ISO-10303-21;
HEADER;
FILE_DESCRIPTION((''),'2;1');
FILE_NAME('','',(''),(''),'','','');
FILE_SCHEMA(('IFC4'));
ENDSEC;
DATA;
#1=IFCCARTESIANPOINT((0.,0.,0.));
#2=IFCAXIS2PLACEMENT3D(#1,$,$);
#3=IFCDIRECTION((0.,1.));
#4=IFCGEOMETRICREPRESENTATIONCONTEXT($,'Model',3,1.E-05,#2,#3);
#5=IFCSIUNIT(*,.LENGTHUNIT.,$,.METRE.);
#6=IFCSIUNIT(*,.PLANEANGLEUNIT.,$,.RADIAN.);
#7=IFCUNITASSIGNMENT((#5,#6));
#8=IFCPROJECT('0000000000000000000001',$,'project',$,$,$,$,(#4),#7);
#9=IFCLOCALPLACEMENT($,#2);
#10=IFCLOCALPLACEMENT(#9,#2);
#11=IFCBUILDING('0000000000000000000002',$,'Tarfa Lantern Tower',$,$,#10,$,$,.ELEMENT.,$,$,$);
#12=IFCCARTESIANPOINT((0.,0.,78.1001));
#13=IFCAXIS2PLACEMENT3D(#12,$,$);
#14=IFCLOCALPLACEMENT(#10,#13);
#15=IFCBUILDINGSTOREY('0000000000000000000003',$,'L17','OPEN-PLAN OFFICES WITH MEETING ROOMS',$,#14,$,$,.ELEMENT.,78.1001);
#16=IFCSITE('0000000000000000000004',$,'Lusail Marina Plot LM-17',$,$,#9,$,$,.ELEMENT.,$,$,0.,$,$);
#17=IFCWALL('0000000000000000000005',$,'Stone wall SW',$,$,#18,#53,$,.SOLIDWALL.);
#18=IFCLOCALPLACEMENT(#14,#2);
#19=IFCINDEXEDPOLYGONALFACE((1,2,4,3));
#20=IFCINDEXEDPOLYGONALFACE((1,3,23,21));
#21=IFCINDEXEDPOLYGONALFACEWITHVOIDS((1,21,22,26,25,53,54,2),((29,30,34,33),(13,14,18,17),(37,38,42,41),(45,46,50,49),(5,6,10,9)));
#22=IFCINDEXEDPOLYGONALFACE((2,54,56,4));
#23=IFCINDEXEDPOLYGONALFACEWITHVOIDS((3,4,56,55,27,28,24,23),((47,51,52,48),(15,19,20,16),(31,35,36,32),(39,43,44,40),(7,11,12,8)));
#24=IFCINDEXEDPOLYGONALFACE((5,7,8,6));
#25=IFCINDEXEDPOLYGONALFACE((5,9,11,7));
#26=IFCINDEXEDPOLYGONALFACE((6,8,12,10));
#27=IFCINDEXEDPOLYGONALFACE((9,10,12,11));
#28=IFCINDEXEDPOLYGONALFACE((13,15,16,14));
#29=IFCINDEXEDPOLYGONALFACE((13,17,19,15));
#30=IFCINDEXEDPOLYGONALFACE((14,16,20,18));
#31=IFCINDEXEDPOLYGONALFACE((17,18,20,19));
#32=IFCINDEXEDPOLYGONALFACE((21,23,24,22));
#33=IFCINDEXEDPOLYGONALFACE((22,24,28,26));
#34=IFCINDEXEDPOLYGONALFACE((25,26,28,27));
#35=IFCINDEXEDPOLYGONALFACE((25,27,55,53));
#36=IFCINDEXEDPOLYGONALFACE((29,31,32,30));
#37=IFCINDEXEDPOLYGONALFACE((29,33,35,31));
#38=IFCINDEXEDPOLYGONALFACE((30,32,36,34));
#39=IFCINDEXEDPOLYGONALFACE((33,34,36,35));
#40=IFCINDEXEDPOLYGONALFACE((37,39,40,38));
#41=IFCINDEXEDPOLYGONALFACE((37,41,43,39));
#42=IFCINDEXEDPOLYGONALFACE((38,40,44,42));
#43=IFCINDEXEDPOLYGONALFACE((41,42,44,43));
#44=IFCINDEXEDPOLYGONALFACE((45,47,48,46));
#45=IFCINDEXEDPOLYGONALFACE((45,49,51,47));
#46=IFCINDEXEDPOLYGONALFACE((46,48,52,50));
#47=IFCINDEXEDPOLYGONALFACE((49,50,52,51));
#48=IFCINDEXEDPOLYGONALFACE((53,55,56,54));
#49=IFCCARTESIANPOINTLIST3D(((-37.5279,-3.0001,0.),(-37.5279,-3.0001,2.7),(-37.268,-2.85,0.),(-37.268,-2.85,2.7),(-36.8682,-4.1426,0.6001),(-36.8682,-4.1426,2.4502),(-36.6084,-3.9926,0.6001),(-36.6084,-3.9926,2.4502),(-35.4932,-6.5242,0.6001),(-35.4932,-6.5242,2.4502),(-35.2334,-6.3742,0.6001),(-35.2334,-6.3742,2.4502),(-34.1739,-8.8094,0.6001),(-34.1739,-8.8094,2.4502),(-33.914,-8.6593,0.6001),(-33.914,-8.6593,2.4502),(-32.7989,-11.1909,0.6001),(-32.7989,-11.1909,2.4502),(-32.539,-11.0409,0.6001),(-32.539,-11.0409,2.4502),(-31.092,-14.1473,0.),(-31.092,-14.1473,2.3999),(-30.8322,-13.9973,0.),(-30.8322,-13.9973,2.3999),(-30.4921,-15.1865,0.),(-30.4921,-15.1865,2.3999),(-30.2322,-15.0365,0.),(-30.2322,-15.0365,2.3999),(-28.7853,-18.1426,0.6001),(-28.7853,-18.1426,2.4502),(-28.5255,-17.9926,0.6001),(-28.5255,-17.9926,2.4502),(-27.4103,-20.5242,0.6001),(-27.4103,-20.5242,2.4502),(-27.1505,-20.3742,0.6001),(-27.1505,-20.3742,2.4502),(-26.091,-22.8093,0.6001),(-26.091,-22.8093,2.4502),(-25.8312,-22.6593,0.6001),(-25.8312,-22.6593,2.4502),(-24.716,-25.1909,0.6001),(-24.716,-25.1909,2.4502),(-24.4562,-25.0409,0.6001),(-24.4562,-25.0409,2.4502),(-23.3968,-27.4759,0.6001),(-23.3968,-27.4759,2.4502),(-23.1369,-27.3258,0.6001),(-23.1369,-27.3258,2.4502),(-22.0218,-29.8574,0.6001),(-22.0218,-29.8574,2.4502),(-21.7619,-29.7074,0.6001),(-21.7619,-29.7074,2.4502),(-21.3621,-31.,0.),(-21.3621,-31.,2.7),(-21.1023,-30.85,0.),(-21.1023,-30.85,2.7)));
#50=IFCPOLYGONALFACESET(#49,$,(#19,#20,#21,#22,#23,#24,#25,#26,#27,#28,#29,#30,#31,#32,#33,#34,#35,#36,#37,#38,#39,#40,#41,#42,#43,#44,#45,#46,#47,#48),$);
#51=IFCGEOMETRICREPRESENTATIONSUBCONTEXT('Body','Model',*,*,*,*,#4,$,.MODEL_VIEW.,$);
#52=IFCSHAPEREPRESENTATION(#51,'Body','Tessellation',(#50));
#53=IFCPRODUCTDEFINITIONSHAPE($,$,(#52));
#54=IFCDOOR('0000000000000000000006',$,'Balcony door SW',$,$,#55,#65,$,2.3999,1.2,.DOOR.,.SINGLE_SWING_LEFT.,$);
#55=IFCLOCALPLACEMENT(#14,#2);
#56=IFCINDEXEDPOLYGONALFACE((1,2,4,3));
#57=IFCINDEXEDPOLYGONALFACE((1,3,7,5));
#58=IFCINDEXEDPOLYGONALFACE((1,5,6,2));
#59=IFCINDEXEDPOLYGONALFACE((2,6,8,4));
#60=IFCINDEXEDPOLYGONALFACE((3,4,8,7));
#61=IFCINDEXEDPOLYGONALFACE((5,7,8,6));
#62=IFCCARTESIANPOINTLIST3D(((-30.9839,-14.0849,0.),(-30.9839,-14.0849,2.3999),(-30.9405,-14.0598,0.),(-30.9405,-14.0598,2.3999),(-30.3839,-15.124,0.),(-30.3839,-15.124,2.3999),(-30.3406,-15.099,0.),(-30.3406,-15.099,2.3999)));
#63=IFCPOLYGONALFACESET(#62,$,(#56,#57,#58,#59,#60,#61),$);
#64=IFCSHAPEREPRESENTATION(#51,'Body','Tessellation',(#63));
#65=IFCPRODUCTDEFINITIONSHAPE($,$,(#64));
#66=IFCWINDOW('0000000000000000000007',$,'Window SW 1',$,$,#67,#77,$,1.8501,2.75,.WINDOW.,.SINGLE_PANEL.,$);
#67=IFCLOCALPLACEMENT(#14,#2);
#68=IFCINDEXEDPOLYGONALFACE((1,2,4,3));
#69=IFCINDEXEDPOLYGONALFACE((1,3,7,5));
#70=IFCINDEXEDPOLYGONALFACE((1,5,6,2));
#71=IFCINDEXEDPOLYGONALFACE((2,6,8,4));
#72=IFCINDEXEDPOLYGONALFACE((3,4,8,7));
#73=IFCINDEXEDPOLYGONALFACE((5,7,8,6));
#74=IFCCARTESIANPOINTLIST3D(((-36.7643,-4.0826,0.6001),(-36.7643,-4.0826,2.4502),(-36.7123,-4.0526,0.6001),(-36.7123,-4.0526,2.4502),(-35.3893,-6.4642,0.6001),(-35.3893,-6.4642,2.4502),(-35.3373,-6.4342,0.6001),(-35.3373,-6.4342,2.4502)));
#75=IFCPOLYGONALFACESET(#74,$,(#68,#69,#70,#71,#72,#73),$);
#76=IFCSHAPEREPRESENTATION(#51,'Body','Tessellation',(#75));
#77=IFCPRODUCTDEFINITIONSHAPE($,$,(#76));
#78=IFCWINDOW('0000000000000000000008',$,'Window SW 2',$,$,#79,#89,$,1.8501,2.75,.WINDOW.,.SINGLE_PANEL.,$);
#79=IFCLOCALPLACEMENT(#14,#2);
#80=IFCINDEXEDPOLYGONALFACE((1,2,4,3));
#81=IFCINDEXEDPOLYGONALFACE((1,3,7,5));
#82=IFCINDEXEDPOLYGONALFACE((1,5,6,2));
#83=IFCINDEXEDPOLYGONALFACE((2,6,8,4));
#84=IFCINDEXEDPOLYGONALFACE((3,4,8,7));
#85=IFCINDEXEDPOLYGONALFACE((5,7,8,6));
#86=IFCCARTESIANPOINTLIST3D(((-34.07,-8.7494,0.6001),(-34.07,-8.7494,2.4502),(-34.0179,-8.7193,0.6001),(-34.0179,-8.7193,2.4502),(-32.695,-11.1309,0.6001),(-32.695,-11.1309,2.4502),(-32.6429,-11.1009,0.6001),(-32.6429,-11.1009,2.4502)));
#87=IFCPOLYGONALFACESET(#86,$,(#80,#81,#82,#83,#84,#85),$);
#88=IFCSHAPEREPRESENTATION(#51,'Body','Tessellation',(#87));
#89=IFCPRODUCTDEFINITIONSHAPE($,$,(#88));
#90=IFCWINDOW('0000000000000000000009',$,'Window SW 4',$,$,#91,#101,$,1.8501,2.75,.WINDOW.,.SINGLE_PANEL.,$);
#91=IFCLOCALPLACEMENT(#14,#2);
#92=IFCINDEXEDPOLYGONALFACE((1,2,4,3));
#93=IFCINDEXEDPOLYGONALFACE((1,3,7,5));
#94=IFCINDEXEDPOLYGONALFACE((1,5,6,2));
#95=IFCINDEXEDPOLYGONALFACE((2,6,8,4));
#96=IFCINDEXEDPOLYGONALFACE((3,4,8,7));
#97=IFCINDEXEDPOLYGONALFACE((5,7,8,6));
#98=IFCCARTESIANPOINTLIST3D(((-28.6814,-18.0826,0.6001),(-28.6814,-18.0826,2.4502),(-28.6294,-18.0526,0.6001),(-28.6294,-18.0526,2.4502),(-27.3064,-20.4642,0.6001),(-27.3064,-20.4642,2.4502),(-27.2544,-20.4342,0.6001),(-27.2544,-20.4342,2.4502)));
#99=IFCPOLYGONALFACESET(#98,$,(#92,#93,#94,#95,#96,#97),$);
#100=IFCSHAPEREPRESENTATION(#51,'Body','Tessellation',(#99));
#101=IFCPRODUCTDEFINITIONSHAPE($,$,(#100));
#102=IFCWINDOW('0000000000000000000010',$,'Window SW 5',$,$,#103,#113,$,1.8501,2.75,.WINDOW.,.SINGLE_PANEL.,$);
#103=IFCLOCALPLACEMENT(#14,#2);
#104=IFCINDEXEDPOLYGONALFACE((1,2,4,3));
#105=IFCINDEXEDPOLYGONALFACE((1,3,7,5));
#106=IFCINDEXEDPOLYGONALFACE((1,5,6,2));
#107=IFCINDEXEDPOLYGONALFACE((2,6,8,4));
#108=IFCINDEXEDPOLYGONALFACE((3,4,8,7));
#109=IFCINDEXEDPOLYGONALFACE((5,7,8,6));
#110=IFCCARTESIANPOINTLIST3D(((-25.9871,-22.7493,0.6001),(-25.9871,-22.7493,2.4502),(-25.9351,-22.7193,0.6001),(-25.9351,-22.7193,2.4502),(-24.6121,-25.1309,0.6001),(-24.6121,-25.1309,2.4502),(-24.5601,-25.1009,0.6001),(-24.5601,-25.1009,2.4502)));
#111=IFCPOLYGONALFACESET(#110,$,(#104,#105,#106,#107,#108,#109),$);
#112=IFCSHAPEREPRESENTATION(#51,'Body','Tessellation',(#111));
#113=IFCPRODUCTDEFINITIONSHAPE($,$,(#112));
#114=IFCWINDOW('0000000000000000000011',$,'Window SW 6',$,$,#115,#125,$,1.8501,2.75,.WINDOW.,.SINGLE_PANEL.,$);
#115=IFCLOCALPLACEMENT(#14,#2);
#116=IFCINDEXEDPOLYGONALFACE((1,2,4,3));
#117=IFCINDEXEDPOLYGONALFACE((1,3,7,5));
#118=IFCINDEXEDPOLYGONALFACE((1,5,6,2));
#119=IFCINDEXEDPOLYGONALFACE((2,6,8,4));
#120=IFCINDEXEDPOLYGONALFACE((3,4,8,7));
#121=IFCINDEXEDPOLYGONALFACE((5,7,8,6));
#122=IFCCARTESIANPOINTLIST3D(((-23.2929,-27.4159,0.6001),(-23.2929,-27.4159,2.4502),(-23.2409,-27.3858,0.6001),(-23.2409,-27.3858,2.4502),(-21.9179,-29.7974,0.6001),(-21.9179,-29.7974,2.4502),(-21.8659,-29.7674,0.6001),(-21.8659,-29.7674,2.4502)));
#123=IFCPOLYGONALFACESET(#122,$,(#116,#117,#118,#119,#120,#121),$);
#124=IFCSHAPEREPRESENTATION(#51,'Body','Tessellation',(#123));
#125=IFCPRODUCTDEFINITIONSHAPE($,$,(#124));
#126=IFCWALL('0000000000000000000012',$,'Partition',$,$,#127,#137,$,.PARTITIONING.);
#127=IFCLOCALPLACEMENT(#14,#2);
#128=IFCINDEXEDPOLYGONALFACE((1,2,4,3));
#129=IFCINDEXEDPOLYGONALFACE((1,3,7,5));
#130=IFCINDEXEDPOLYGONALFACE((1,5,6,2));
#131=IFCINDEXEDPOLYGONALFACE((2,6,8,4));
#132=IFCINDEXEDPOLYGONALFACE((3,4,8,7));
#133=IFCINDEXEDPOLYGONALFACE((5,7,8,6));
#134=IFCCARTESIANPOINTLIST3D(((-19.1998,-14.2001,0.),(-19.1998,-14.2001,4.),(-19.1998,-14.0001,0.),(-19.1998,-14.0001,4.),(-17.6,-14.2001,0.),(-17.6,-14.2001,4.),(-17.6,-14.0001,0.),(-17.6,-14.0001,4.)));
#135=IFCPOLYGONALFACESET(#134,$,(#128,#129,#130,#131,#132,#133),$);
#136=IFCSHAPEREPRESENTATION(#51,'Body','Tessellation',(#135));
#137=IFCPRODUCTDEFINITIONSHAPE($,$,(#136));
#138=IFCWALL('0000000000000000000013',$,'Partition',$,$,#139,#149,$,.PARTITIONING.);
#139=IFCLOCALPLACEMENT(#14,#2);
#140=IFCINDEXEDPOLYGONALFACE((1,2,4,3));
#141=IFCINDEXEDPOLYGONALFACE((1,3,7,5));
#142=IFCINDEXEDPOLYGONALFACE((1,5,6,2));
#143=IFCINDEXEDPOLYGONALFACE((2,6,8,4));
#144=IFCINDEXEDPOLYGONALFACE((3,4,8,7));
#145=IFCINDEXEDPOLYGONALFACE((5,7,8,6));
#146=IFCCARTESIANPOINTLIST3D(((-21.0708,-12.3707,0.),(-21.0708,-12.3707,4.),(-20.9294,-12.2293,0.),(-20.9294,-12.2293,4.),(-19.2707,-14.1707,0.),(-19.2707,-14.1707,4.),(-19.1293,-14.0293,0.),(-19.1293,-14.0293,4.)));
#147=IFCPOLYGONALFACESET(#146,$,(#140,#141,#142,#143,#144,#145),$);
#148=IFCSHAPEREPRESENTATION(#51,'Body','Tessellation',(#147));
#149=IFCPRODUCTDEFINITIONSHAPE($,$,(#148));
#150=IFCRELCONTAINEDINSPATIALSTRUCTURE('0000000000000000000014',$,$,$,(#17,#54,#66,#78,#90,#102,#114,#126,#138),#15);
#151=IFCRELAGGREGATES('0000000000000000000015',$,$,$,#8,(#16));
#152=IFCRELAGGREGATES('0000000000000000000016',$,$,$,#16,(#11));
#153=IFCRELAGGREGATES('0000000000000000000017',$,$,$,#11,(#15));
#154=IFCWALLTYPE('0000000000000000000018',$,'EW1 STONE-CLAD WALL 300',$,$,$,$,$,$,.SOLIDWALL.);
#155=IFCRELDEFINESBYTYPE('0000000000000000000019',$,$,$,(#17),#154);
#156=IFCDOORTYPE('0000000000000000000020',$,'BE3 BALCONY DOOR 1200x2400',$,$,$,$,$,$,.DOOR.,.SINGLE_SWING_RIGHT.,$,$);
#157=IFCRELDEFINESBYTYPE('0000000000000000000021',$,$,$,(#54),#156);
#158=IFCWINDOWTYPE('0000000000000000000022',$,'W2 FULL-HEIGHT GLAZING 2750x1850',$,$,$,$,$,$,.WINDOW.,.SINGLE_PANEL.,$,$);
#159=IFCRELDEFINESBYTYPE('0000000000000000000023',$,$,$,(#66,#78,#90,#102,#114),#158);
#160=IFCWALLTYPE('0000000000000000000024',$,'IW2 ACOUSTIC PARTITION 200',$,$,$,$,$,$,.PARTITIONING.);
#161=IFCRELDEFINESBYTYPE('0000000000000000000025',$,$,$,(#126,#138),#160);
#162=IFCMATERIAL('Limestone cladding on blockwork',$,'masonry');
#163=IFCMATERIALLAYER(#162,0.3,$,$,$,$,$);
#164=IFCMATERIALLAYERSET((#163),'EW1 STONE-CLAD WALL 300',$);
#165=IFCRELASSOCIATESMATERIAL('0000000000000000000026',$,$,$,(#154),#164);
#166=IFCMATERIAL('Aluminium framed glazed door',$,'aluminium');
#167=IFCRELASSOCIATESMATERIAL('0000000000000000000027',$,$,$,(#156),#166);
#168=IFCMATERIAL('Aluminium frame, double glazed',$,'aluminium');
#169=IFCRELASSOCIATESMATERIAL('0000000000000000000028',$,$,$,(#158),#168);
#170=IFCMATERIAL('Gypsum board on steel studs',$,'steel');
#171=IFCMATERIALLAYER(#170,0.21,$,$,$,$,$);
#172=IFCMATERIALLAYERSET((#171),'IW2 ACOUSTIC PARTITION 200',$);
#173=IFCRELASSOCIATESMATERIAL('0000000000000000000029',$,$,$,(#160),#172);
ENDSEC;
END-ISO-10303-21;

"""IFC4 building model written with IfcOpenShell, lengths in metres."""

from ifc_helpers import new_model, si_unit, direction, frame, frame_2d, origin, place, context, subcontext, project, spatial, rectangle, extrude, material, layer, layer_set, type_object, element, fill, save


model = new_model("IFC4")

# Units and contexts
model_context = context("Model", 3, precision=1e-05, world=origin(), true_north=direction((0.0, 1.0)))
body_context = subcontext(model_context, "Body", "Model", "MODEL_VIEW")
ifc_project = project(units=[si_unit("LENGTHUNIT", "METRE"), si_unit("PLANEANGLEUNIT", "RADIAN")], contexts=[model_context])

# Site, building, storey
site_placement = place(None, origin())
site = spatial("IfcSite", under=ifc_project, at=site_placement, Name="Lusail Marina Plot LM-17", CompositionType="ELEMENT", RefElevation=0.0)
building_placement = place(site_placement, origin())
building = spatial("IfcBuilding", under=site, at=building_placement, Name="Tarfa Lantern Tower", CompositionType="ELEMENT")
storey_placement = place(building_placement, frame((0.0, 0.0, 78.1001)))
storey = spatial("IfcBuildingStorey", under=building, at=storey_placement, Name="L17", Description="OPEN-PLAN OFFICES WITH MEETING ROOMS", CompositionType="ELEMENT", Elevation=78.1001)

# Wall, openings, door, windows
ifc_material_1 = material(Name="Limestone cladding on blockwork", Category="masonry")
ifc_layer_1 = layer(ifc_material_1, 0.3)
ifc_layer_set_1 = layer_set([ifc_layer_1], Name="EW1 STONE-CLAD WALL 300")
wall_type_1 = type_object("IfcWallType", Name="EW1 STONE-CLAD WALL 300", PredefinedType="SOLIDWALL", material=ifc_layer_set_1)
wall_1_placement = place(storey_placement, frame((-37.3979, -2.925, 0.0), z_axis=(0.0, 0.0, 1.0), x_axis=(0.499999, -0.866026, 0.0)))
wall_1 = element("IfcWall", 1, at=wall_1_placement, inside=storey, type_object=wall_type_1, Name="Stone wall SW", PredefinedType="SOLIDWALL", context=body_context, shape_type="SweptSolid", body=[
    extrude(rectangle(XDim=32.3315, YDim=0.3, at=frame_2d((16.1658, 0.0))), origin(), (0.0, 0.0, 1.0), 2.7),
])
opening_1_placement = place(wall_1_placement, frame((1.3193, 0.0, 0.6001)))
opening_1 = element("IfcOpeningElement", 2, at=opening_1_placement, cuts=wall_1, PredefinedType="OPENING", context=body_context, shape_type="SweptSolid", body=[
    extrude(rectangle(XDim=2.75, YDim=1.8501, at=frame_2d((1.375, 0.925))), frame((0.0, 0.1599, 0.0), z_axis=(0.0, -1.0, 0.0), x_axis=(1.0, 0.0, 0.0)), (0.0, 0.0, 1.0), 0.3201),
])
opening_2_placement = place(wall_1_placement, frame((6.708, 0.0, 0.6001)))
opening_2 = element("IfcOpeningElement", 3, at=opening_2_placement, cuts=wall_1, PredefinedType="OPENING", context=body_context, shape_type="SweptSolid", body=[
    extrude(rectangle(XDim=2.75, YDim=1.8501, at=frame_2d((1.375, 0.925))), frame((0.0, 0.1599, 0.0), z_axis=(0.0, -1.0, 0.0), x_axis=(1.0, 0.0, 0.0)), (0.0, 0.0, 1.0), 0.3201),
])
opening_3_placement = place(wall_1_placement, frame((12.8716, 0.0, 0.0)))
opening_3 = element("IfcOpeningElement", 4, at=opening_3_placement, cuts=wall_1, PredefinedType="OPENING", context=body_context, shape_type="SweptSolid", body=[
    extrude(rectangle(XDim=1.2, YDim=2.3999, at=frame_2d((0.6001, 1.2))), frame((0.0, 0.1599, 0.0), z_axis=(0.0, -1.0, 0.0), x_axis=(1.0, 0.0, 0.0)), (0.0, 0.0, 1.0), 0.3201),
])
opening_4_placement = place(wall_1_placement, frame((17.4851, 0.0, 0.6001)))
opening_4 = element("IfcOpeningElement", 5, at=opening_4_placement, cuts=wall_1, PredefinedType="OPENING", context=body_context, shape_type="SweptSolid", body=[
    extrude(rectangle(XDim=2.75, YDim=1.8501, at=frame_2d((1.375, 0.925))), frame((0.0, 0.1599, 0.0), z_axis=(0.0, -1.0, 0.0), x_axis=(1.0, 0.0, 0.0)), (0.0, 0.0, 1.0), 0.3201),
])
opening_5_placement = place(wall_1_placement, frame((22.8738, 0.0, 0.6001)))
opening_5 = element("IfcOpeningElement", 6, at=opening_5_placement, cuts=wall_1, PredefinedType="OPENING", context=body_context, shape_type="SweptSolid", body=[
    extrude(rectangle(XDim=2.75, YDim=1.8501, at=frame_2d((1.375, 0.925))), frame((0.0, 0.1599, 0.0), z_axis=(0.0, -1.0, 0.0), x_axis=(1.0, 0.0, 0.0)), (0.0, 0.0, 1.0), 0.3201),
])
opening_6_placement = place(wall_1_placement, frame((28.2622, 0.0, 0.6001)))
opening_6 = element("IfcOpeningElement", 7, at=opening_6_placement, cuts=wall_1, PredefinedType="OPENING", context=body_context, shape_type="SweptSolid", body=[
    extrude(rectangle(XDim=2.75, YDim=1.8501, at=frame_2d((1.375, 0.925))), frame((0.0, 0.1599, 0.0), z_axis=(0.0, -1.0, 0.0), x_axis=(1.0, 0.0, 0.0)), (0.0, 0.0, 1.0), 0.3201),
])
ifc_material_2 = material(Name="Aluminium framed glazed door", Category="aluminium")
door_type_1 = type_object("IfcDoorType", Name="BE3 BALCONY DOOR 1200x2400", OperationType="SINGLE_SWING_RIGHT", PredefinedType="DOOR", material=ifc_material_2)
door_1_placement = place(opening_3_placement, origin())
door_1 = element("IfcDoor", 8, at=door_1_placement, inside=storey, type_object=door_type_1, Name="Balcony door SW", OperationType="SINGLE_SWING_LEFT", OverallHeight=2.3999, OverallWidth=1.2, PredefinedType="DOOR", context=body_context, shape_type="SweptSolid", body=[
    extrude(rectangle(XDim=1.2, YDim=2.3999, at=frame_2d((0.6001, 1.2))), frame((0.0, 0.0249, 0.0), z_axis=(0.0, -1.0, 0.0), x_axis=(1.0, 0.0, 0.0)), (0.0, 0.0, 1.0), 0.05),
])
fill(opening_3, door_1)
ifc_material_3 = material(Name="Aluminium frame, double glazed", Category="aluminium")
window_type = type_object("IfcWindowType", Name="W2 FULL-HEIGHT GLAZING 2750x1850", PartitioningType="SINGLE_PANEL", PredefinedType="WINDOW", material=ifc_material_3)
window_1_placement = place(opening_1_placement, origin())
window_1 = element("IfcWindow", 9, at=window_1_placement, inside=storey, type_object=window_type, Name="Window SW 1", OverallHeight=1.8501, OverallWidth=2.75, PartitioningType="SINGLE_PANEL", PredefinedType="WINDOW", context=body_context, shape_type="SweptSolid", body=[
    extrude(rectangle(XDim=2.75, YDim=1.8501, at=frame_2d((1.375, 0.925))), frame((0.0, 0.03, 0.0), z_axis=(0.0, -1.0, 0.0), x_axis=(1.0, 0.0, 0.0)), (0.0, 0.0, 1.0), 0.0601),
])
fill(opening_1, window_1)
window_2_placement = place(opening_2_placement, origin())
window_2 = element("IfcWindow", 10, at=window_2_placement, inside=storey, type_object=window_type, Name="Window SW 2", OverallHeight=1.8501, OverallWidth=2.75, PartitioningType="SINGLE_PANEL", PredefinedType="WINDOW", context=body_context, shape_type="SweptSolid", body=[
    extrude(rectangle(XDim=2.75, YDim=1.8501, at=frame_2d((1.375, 0.925))), frame((0.0, 0.03, 0.0), z_axis=(0.0, -1.0, 0.0), x_axis=(1.0, 0.0, 0.0)), (0.0, 0.0, 1.0), 0.0601),
])
fill(opening_2, window_2)
window_3_placement = place(opening_4_placement, origin())
window_3 = element("IfcWindow", 11, at=window_3_placement, inside=storey, type_object=window_type, Name="Window SW 4", OverallHeight=1.8501, OverallWidth=2.75, PartitioningType="SINGLE_PANEL", PredefinedType="WINDOW", context=body_context, shape_type="SweptSolid", body=[
    extrude(rectangle(XDim=2.75, YDim=1.8501, at=frame_2d((1.375, 0.925))), frame((0.0, 0.03, 0.0), z_axis=(0.0, -1.0, 0.0), x_axis=(1.0, 0.0, 0.0)), (0.0, 0.0, 1.0), 0.0601),
])
fill(opening_4, window_3)
window_4_placement = place(opening_5_placement, origin())
window_4 = element("IfcWindow", 12, at=window_4_placement, inside=storey, type_object=window_type, Name="Window SW 5", OverallHeight=1.8501, OverallWidth=2.75, PartitioningType="SINGLE_PANEL", PredefinedType="WINDOW", context=body_context, shape_type="SweptSolid", body=[
    extrude(rectangle(XDim=2.75, YDim=1.8501, at=frame_2d((1.375, 0.925))), frame((0.0, 0.03, 0.0), z_axis=(0.0, -1.0, 0.0), x_axis=(1.0, 0.0, 0.0)), (0.0, 0.0, 1.0), 0.0601),
])
fill(opening_5, window_4)
window_5_placement = place(opening_6_placement, origin())
window_5 = element("IfcWindow", 13, at=window_5_placement, inside=storey, type_object=window_type, Name="Window SW 6", OverallHeight=1.8501, OverallWidth=2.75, PartitioningType="SINGLE_PANEL", PredefinedType="WINDOW", context=body_context, shape_type="SweptSolid", body=[
    extrude(rectangle(XDim=2.75, YDim=1.8501, at=frame_2d((1.375, 0.925))), frame((0.0, 0.03, 0.0), z_axis=(0.0, -1.0, 0.0), x_axis=(1.0, 0.0, 0.0)), (0.0, 0.0, 1.0), 0.0601),
])
fill(opening_6, window_5)

# Walls
ifc_material_4 = material(Name="Gypsum board on steel studs", Category="steel")
ifc_layer_2 = layer(ifc_material_4, 0.21)
ifc_layer_set_2 = layer_set([ifc_layer_2], Name="IW2 ACOUSTIC PARTITION 200")
wall_type_2 = type_object("IfcWallType", Name="IW2 ACOUSTIC PARTITION 200", PredefinedType="PARTITIONING", material=ifc_layer_set_2)
wall_2_placement = place(storey_placement, frame((-17.6001, -14.1001, 0.0), z_axis=(0.0, 0.0, 1.0), x_axis=(-1.0, 0.0, 0.0)))
element("IfcWall", 14, at=wall_2_placement, inside=storey, type_object=wall_type_2, Name="Partition", PredefinedType="PARTITIONING", context=body_context, shape_type="SweptSolid", body=[
    extrude(rectangle(XDim=1.5999, YDim=0.2, at=frame_2d((0.7998, 0.0))), origin(), (0.0, 0.0, 1.0), 4.0),
])
wall_3_placement = place(storey_placement, frame((-19.2, -14.1001, 0.0), z_axis=(0.0, 0.0, 1.0), x_axis=(-0.707107, 0.707107, 0.0)))
element("IfcWall", 15, at=wall_3_placement, inside=storey, type_object=wall_type_2, Name="Partition", PredefinedType="PARTITIONING", context=body_context, shape_type="SweptSolid", body=[
    extrude(rectangle(XDim=2.5457, YDim=0.2, at=frame_2d((1.2729, 0.0))), origin(), (0.0, 0.0, 1.0), 4.0),
])

save(model, "model.ifc")
